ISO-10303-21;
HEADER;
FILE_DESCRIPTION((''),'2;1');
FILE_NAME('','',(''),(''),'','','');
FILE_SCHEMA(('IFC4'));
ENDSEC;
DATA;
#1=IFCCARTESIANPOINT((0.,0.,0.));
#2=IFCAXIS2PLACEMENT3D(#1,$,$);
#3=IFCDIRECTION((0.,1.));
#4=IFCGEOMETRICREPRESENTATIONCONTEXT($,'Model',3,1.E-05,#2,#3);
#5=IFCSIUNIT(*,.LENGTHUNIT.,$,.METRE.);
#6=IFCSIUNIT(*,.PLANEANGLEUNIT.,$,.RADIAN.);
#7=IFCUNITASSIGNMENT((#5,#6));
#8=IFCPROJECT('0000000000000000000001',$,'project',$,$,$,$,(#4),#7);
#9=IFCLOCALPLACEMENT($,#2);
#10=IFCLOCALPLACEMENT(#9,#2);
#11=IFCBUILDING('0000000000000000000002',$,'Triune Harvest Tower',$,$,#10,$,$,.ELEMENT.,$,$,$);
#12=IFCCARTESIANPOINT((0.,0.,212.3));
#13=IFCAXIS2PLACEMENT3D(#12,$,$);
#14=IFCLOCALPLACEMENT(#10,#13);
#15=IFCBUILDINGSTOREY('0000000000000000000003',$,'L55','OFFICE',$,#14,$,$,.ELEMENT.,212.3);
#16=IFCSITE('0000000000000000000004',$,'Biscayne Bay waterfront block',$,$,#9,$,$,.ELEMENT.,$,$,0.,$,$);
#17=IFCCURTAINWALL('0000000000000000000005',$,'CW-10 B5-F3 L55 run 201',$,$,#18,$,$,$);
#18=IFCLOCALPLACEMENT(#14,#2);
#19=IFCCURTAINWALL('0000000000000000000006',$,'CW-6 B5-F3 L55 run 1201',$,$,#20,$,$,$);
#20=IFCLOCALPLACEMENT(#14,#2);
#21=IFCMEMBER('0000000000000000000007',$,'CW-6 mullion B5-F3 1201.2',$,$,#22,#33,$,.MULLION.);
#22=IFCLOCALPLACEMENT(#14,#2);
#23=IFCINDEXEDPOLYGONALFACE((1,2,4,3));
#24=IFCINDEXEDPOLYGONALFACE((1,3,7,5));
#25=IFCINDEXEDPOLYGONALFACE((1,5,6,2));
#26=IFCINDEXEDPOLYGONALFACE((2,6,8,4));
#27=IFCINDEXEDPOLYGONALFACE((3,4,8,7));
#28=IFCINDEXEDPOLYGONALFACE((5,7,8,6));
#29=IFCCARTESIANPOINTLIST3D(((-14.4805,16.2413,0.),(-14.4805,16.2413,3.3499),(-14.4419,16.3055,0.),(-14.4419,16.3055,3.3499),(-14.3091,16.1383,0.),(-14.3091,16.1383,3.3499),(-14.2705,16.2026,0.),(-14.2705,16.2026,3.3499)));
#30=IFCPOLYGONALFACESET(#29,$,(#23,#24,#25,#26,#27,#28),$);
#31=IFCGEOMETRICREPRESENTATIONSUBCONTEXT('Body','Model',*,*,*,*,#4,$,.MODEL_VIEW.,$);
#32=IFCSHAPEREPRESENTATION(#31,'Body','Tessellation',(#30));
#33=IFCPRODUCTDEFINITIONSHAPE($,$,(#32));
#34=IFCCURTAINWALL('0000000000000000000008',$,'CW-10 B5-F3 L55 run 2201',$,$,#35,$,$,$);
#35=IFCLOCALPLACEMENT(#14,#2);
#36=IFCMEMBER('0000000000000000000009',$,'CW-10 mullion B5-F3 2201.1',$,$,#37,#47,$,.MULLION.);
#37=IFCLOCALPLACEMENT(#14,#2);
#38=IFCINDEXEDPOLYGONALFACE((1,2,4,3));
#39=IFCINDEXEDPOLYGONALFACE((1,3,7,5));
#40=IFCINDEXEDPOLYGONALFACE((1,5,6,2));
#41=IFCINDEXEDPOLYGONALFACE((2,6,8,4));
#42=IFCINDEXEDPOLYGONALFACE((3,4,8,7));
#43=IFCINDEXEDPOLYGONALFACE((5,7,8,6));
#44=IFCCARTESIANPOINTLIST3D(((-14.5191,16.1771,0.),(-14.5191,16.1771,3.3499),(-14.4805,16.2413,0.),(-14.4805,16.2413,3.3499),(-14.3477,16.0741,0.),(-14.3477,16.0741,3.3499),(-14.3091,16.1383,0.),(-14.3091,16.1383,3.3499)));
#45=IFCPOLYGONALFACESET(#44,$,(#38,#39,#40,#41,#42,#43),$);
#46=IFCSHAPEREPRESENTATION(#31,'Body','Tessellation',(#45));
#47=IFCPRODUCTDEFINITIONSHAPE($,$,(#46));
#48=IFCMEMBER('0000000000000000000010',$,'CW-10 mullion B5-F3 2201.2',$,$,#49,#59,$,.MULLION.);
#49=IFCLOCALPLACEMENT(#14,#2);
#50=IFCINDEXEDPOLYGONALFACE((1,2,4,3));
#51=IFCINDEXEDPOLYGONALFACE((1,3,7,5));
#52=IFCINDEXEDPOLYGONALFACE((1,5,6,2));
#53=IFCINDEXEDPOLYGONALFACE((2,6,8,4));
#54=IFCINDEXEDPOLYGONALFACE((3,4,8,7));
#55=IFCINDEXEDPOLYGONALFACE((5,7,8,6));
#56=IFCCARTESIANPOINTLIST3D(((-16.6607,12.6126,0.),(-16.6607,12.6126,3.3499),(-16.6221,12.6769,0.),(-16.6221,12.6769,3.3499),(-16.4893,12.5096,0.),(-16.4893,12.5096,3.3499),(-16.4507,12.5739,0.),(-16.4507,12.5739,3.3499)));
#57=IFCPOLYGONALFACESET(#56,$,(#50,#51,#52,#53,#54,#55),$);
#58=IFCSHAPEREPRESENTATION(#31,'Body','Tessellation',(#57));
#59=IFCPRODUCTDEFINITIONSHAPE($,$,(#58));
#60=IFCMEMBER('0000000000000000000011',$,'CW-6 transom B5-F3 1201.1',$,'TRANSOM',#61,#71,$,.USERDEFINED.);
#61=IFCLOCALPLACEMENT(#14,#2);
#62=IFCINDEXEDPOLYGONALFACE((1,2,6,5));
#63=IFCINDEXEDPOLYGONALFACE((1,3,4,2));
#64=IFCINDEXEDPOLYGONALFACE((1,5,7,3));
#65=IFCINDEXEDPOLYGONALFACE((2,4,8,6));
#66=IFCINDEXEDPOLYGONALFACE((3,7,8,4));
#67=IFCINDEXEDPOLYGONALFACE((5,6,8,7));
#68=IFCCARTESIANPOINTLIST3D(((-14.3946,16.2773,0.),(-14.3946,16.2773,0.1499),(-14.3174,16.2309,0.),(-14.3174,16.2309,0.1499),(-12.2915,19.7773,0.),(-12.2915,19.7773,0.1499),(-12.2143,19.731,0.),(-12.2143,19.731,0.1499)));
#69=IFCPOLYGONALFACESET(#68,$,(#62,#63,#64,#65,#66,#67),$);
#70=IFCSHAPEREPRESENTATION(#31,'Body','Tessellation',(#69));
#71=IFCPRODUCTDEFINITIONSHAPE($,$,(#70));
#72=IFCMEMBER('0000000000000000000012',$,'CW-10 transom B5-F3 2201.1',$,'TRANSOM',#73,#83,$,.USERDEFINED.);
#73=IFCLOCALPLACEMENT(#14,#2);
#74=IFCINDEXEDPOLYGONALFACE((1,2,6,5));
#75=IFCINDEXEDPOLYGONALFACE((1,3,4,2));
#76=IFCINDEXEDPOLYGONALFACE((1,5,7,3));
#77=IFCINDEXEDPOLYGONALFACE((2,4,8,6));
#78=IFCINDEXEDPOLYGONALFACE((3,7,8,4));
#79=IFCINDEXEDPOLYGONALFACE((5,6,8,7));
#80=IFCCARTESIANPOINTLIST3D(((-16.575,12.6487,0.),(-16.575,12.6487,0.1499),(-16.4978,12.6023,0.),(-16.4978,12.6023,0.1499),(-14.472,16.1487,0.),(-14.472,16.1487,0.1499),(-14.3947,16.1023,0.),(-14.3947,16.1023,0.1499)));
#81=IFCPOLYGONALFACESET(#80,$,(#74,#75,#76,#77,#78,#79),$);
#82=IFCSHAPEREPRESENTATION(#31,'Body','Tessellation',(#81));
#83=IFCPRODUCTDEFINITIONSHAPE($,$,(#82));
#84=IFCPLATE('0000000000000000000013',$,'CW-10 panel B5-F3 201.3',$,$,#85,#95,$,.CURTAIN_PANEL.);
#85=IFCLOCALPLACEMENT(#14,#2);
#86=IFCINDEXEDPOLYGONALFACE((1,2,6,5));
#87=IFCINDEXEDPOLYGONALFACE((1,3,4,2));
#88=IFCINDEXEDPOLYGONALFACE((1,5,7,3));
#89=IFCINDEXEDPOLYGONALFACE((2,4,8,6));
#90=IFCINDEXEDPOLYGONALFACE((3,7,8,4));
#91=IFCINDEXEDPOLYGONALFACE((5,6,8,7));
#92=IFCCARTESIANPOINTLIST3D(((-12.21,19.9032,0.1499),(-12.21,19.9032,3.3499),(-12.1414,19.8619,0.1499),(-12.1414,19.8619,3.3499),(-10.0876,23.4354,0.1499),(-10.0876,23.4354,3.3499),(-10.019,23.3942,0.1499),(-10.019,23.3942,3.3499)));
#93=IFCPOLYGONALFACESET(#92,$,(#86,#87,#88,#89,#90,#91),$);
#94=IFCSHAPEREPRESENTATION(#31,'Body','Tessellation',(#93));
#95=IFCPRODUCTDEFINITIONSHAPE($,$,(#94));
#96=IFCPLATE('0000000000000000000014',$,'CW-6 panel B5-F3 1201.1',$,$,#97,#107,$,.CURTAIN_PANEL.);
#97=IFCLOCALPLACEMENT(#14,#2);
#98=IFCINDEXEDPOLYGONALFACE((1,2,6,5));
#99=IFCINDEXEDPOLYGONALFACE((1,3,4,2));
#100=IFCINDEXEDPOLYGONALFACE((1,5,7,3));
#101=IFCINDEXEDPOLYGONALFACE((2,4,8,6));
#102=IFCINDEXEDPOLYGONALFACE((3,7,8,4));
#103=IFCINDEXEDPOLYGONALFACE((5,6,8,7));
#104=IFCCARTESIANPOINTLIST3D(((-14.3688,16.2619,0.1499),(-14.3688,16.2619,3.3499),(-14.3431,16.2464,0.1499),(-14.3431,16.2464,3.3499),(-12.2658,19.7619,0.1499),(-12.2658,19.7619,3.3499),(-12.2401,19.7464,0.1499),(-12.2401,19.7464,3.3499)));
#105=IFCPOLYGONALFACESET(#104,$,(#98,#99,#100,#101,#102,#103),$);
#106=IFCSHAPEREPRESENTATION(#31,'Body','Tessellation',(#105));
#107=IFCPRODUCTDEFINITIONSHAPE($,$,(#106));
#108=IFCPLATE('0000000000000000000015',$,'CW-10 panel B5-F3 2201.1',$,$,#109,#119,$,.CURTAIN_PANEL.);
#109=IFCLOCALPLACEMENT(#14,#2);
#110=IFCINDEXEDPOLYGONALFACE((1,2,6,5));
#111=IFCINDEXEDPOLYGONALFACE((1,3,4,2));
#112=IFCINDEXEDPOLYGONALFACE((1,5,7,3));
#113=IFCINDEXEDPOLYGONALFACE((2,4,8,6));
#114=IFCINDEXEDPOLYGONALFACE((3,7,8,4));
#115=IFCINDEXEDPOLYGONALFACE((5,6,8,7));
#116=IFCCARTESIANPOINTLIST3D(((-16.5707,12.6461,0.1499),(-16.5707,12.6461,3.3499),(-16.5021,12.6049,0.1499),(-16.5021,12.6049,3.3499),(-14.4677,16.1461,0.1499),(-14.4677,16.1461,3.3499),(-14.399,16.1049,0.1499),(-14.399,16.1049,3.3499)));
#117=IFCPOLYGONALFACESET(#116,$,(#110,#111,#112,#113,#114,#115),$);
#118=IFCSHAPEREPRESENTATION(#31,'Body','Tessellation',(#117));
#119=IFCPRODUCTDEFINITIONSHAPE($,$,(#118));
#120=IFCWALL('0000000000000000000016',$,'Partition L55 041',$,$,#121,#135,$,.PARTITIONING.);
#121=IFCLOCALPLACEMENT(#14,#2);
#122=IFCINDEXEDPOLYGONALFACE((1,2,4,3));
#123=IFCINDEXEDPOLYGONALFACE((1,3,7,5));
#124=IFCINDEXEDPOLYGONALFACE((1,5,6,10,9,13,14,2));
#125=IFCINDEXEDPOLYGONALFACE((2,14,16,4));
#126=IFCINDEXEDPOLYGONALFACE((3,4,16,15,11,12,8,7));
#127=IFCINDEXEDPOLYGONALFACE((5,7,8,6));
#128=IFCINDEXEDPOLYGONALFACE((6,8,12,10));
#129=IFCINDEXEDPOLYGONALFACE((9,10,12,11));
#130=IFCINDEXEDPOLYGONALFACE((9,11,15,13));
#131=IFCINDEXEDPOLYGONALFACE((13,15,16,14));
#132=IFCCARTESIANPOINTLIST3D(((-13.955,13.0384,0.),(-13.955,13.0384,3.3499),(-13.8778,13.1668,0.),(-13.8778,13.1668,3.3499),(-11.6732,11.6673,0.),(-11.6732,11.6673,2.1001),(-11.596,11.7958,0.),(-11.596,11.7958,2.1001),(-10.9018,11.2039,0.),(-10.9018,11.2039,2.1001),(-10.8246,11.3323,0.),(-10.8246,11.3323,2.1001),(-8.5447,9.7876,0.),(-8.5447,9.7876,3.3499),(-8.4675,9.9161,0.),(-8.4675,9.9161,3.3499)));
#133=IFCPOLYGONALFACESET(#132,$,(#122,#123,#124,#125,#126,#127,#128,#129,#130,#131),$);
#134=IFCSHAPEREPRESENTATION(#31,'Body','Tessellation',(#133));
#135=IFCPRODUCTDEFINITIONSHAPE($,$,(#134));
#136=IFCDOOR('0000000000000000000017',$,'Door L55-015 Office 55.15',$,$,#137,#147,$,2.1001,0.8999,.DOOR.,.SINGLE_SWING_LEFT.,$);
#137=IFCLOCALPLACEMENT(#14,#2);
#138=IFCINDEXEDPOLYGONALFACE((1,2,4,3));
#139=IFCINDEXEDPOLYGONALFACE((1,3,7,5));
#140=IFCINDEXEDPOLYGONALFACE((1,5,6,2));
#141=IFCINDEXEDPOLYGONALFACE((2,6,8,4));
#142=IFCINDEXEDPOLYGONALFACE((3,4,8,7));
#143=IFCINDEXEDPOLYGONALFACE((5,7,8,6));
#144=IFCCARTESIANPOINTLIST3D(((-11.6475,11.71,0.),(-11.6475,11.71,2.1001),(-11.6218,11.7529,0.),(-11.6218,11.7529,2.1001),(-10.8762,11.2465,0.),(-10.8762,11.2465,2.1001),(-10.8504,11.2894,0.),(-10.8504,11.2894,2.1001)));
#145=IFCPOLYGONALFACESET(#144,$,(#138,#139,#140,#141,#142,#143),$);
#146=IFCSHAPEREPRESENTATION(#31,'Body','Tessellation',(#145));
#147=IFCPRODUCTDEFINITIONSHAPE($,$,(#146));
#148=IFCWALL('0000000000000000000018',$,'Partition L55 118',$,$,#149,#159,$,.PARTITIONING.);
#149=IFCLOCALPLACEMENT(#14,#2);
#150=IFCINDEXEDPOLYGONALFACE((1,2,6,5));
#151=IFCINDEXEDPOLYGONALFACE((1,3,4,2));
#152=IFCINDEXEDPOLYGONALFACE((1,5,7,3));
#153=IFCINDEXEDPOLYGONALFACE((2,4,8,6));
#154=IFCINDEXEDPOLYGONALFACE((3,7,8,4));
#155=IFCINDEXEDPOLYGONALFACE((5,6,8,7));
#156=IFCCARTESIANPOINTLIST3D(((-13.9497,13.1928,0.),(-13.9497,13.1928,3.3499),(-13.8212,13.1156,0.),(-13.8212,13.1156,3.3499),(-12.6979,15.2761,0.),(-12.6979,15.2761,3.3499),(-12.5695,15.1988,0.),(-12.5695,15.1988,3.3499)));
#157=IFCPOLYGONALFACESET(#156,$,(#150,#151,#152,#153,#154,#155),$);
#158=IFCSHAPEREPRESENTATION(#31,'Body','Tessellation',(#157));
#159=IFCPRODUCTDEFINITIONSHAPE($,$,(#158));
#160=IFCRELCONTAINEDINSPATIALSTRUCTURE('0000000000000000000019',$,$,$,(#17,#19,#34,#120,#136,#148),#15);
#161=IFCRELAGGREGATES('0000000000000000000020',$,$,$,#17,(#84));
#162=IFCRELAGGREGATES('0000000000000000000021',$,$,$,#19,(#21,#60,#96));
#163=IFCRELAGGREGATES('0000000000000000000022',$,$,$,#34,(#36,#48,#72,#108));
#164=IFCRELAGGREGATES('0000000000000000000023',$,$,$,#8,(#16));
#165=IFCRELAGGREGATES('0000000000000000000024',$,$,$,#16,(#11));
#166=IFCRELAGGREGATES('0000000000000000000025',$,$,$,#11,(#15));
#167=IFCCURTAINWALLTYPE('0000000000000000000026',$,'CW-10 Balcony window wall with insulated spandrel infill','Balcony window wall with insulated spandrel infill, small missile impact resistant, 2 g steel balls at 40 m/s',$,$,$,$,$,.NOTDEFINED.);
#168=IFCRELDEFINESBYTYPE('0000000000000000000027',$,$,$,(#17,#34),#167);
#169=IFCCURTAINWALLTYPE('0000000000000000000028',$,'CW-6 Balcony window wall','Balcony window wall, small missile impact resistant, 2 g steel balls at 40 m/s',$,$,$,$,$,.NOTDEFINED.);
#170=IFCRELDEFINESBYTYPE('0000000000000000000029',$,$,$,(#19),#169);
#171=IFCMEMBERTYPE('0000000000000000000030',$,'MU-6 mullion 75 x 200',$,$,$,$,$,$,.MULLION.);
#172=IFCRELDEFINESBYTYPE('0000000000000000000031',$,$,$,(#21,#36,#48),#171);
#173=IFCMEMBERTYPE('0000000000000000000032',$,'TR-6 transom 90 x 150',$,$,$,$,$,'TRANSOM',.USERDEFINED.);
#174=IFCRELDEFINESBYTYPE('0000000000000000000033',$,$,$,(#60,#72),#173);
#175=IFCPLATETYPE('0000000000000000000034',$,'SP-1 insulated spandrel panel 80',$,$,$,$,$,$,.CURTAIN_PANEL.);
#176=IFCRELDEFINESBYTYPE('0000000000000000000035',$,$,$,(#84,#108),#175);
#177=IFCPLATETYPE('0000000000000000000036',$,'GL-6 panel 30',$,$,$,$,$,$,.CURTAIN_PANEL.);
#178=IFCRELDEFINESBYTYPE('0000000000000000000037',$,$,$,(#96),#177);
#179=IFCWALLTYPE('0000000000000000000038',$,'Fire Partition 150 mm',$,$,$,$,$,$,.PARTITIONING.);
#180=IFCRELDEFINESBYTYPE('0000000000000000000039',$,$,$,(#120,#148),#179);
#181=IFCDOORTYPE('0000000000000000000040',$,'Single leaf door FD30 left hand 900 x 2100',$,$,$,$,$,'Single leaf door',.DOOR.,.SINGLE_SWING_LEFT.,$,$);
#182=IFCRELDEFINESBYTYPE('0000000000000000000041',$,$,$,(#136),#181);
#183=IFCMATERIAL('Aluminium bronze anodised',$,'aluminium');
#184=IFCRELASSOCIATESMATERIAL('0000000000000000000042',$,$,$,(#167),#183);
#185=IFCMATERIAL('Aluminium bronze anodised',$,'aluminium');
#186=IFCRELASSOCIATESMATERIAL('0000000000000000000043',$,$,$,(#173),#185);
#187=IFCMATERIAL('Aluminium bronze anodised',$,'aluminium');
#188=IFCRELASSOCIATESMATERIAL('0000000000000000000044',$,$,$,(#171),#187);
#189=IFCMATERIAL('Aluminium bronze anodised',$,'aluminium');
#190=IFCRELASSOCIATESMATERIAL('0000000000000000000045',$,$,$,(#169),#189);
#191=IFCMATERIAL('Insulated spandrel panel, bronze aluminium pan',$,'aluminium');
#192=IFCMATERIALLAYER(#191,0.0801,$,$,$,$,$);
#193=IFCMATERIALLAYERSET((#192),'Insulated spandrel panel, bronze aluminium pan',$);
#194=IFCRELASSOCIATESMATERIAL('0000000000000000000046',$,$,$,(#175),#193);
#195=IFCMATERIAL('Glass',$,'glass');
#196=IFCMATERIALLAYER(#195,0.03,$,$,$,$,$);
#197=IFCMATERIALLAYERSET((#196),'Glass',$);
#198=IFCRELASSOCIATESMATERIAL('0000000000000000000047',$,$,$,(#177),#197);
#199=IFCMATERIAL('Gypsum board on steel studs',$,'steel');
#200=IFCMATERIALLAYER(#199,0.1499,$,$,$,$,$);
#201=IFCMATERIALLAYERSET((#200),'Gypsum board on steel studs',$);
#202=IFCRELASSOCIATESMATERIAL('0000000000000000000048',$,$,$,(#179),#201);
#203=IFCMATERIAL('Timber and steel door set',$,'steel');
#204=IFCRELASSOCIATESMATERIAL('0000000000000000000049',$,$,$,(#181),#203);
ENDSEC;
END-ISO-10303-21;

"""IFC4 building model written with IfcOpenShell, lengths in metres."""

from ifc_helpers import new_model, si_unit, direction, frame, frame_2d, origin, origin_2d, place, context, subcontext, project, spatial, rectangle, extrude, source, transform, mapped, material, layer, layer_set, material_profile, profile_set, type_object, element, fill, aggregate, save


model = new_model("IFC4")

# Units and contexts
model_context = context("Model", 3, precision=1e-05, world=origin(), true_north=direction((0.0, 1.0)))
body_context = subcontext(model_context, "Body", "Model", "MODEL_VIEW")
ifc_project = project(units=[si_unit("LENGTHUNIT", "METRE"), si_unit("PLANEANGLEUNIT", "RADIAN")], contexts=[model_context])

# Site, building, storey
site_placement = place(None, origin())
site = spatial("IfcSite", under=ifc_project, at=site_placement, Name="Biscayne Bay waterfront block", CompositionType="ELEMENT", RefElevation=0.0)
building_placement = place(site_placement, origin())
building = spatial("IfcBuilding", under=site, at=building_placement, Name="Triune Harvest Tower", CompositionType="ELEMENT")
storey_placement = place(building_placement, frame((0.0, 0.0, 212.3)))
storey = spatial("IfcBuildingStorey", under=building, at=storey_placement, Name="L55", Description="OFFICE", CompositionType="ELEMENT", Elevation=212.3)

# Curtain wall
ifc_material_1 = material(Name="Aluminium bronze anodised", Category="aluminium")
curtain_wall_type_1 = type_object("IfcCurtainWallType", Name="CW-10 Balcony window wall with insulated spandrel infill", Description="Balcony window wall with insulated spandrel infill, small missile impact resistant, 2 g steel balls at 40 m/s", PredefinedType="NOTDEFINED", material=ifc_material_1)
curtain_wall_1_placement = place(storey_placement, origin())
curtain_wall_1 = element("IfcCurtainWall", 1, at=curtain_wall_1_placement, inside=storey, type_object=curtain_wall_type_1, Name="CW-10 B5-F3 L55 run 201")
ifc_material_2 = material(Name="Aluminium bronze anodised", Category="aluminium")
ifc_material_profile_1 = material_profile(ifc_material_2, rectangle(XDim=0.0901, YDim=0.1499, at=origin_2d()), Name="TR-6 transom 90 x 150")
ifc_profile_set_1 = profile_set([ifc_material_profile_1], Name="Aluminium bronze anodised")
member_type_1 = type_object("IfcMemberType", Name="TR-6 transom 90 x 150", ElementType="TRANSOM", PredefinedType="USERDEFINED", material=ifc_profile_set_1)

# Shared definitions
ifc_material_3 = material(Name="Aluminium bronze anodised", Category="aluminium")
ifc_material_profile_2 = material_profile(ifc_material_3, rectangle(XDim=0.2, YDim=0.075, at=origin_2d()), Name="MU-6 mullion 75 x 200")
ifc_profile_set_2 = profile_set([ifc_material_profile_2], Name="Aluminium bronze anodised")
member_type_2 = type_object("IfcMemberType", Name="MU-6 mullion 75 x 200", PredefinedType="MULLION", material=ifc_profile_set_2)
shared_shape_1 = source(origin(), body_context, "Body", "SweptSolid", [
    extrude(rectangle(XDim=0.2, YDim=0.075, at=origin_2d()), origin(), (0.0, 0.0, 1.0), 3.3499),
])

# Curtain walls, members
ifc_material_4 = material(Name="Aluminium bronze anodised", Category="aluminium")
curtain_wall_type_2 = type_object("IfcCurtainWallType", Name="CW-6 Balcony window wall", Description="Balcony window wall, small missile impact resistant, 2 g steel balls at 40 m/s", PredefinedType="NOTDEFINED", material=ifc_material_4)
curtain_wall_2_placement = place(storey_placement, origin())
curtain_wall_2 = element("IfcCurtainWall", 2, at=curtain_wall_2_placement, inside=storey, type_object=curtain_wall_type_2, Name="CW-6 B5-F3 L55 run 1201")
member_1_placement = place(storey_placement, frame((-14.3755, 16.2219, 0.0), z_axis=(0.0, 0.0, 1.0), x_axis=(0.857166, -0.515041, 0.0)))
member_1 = element("IfcMember", 3, at=member_1_placement, type_object=member_type_2, Name="CW-6 mullion B5-F3 1201.2", PredefinedType="MULLION", context=body_context, shape_type="MappedRepresentation", body=[
    mapped(shared_shape_1, transform((0.0, 0.0, 0.0), scale=1.0)),
])
curtain_wall_3_placement = place(storey_placement, origin())
curtain_wall_3 = element("IfcCurtainWall", 4, at=curtain_wall_3_placement, inside=storey, type_object=curtain_wall_type_1, Name="CW-10 B5-F3 L55 run 2201")
member_2_placement = place(storey_placement, frame((-14.4141, 16.1577, 0.0), z_axis=(0.0, 0.0, 1.0), x_axis=(0.857166, -0.515041, 0.0)))
member_2 = element("IfcMember", 5, at=member_2_placement, type_object=member_type_2, Name="CW-10 mullion B5-F3 2201.1", PredefinedType="MULLION", context=body_context, shape_type="MappedRepresentation", body=[
    mapped(shared_shape_1, transform((0.0, 0.0, 0.0), scale=1.0)),
])
member_3_placement = place(storey_placement, frame((-16.5557, 12.5933, 0.0), z_axis=(0.0, 0.0, 1.0), x_axis=(0.857166, -0.515041, 0.0)))
member_3 = element("IfcMember", 6, at=member_3_placement, type_object=member_type_2, Name="CW-10 mullion B5-F3 2201.2", PredefinedType="MULLION", context=body_context, shape_type="MappedRepresentation", body=[
    mapped(shared_shape_1, transform((0.0, 0.0, 0.0), scale=1.0)),
])

# Members
shared_shape_2 = source(origin(), body_context, "Body", "SweptSolid", [
    extrude(rectangle(XDim=0.0901, YDim=0.1499, at=origin_2d()), origin(), (0.0, 0.0, 1.0), 4.0833),
])
member_4_placement = place(storey_placement, frame((-12.2529, 19.7542, 0.075), z_axis=(-0.515041, -0.857166, 0.0), x_axis=(0.857166, -0.515041, 0.0)))
member_4 = element("IfcMember", 7, at=member_4_placement, type_object=member_type_1, Name="CW-6 transom B5-F3 1201.1", ObjectType="TRANSOM", PredefinedType="USERDEFINED", context=body_context, shape_type="MappedRepresentation", body=[
    mapped(shared_shape_2, transform((0.0, 0.0, 0.0), scale=1.0)),
])
member_5_placement = place(storey_placement, frame((-14.4333, 16.1255, 0.075), z_axis=(-0.515041, -0.857166, 0.0), x_axis=(0.857166, -0.515041, 0.0)))
member_5 = element("IfcMember", 8, at=member_5_placement, type_object=member_type_1, Name="CW-10 transom B5-F3 2201.1", ObjectType="TRANSOM", PredefinedType="USERDEFINED", context=body_context, shape_type="MappedRepresentation", body=[
    mapped(shared_shape_2, transform((0.0, 0.0, 0.0), scale=1.0)),
])

# Plates
ifc_material_5 = material(Name="Insulated spandrel panel, bronze aluminium pan", Category="aluminium")
ifc_layer_1 = layer(ifc_material_5, 0.0801)
ifc_layer_set_1 = layer_set([ifc_layer_1], Name="Insulated spandrel panel, bronze aluminium pan")
plate_type_1 = type_object("IfcPlateType", Name="SP-1 insulated spandrel panel 80", PredefinedType="CURTAIN_PANEL", material=ifc_layer_set_1)
plate_1_placement = place(storey_placement, frame((-11.1145, 21.6487, 0.1499), z_axis=(0.0, 0.0, 1.0), x_axis=(-0.515032, -0.857171, 0.0)))
plate_1 = element("IfcPlate", 9, at=plate_1_placement, type_object=plate_type_1, Name="CW-10 panel B5-F3 201.3", PredefinedType="CURTAIN_PANEL", context=body_context, shape_type="SweptSolid", body=[
    extrude(rectangle(XDim=4.1208, YDim=0.0801, at=origin_2d()), origin(), (0.0, 0.0, 1.0), 3.2),
])
aggregate(curtain_wall_1, [plate_1])
ifc_material_6 = material(Name="Glass", Category="glass")
ifc_layer_2 = layer(ifc_material_6, 0.03)
ifc_layer_set_2 = layer_set([ifc_layer_2], Name="Glass")
plate_type_2 = type_object("IfcPlateType", Name="GL-6 panel 30", PredefinedType="CURTAIN_PANEL", material=ifc_layer_set_2)
shared_shape_3 = source(origin(), body_context, "Body", "SweptSolid", [
    extrude(rectangle(XDim=4.0833, YDim=0.03, at=origin_2d()), origin(), (0.0, 0.0, 1.0), 3.2),
])
plate_2_placement = place(storey_placement, frame((-13.3044, 18.0042, 0.1499), z_axis=(0.0, 0.0, 1.0), x_axis=(-0.515041, -0.857166, 0.0)))
plate_2 = element("IfcPlate", 10, at=plate_2_placement, type_object=plate_type_2, Name="CW-6 panel B5-F3 1201.1", PredefinedType="CURTAIN_PANEL", context=body_context, shape_type="MappedRepresentation", body=[
    mapped(shared_shape_3, transform((0.0, 0.0, 0.0), scale=1.0)),
])
aggregate(curtain_wall_2, [member_1, member_4, plate_2])
shared_shape_4 = source(origin(), body_context, "Body", "SweptSolid", [
    extrude(rectangle(XDim=4.0833, YDim=0.0801, at=origin_2d()), origin(), (0.0, 0.0, 1.0), 3.2),
])
plate_3_placement = place(storey_placement, frame((-15.4849, 14.3755, 0.1499), z_axis=(0.0, 0.0, 1.0), x_axis=(-0.515041, -0.857166, 0.0)))
plate_3 = element("IfcPlate", 11, at=plate_3_placement, type_object=plate_type_1, Name="CW-10 panel B5-F3 2201.1", PredefinedType="CURTAIN_PANEL", context=body_context, shape_type="MappedRepresentation", body=[
    mapped(shared_shape_4, transform((0.0, 0.0, 0.0), scale=1.0)),
])
aggregate(curtain_wall_3, [member_2, member_3, member_5, plate_3])

# Wall, opening, door
ifc_material_7 = material(Name="Gypsum board on steel studs", Category="steel")
ifc_layer_3 = layer(ifc_material_7, 0.1499)
ifc_layer_set_3 = layer_set([ifc_layer_3], Name="Gypsum board on steel studs")
wall_type_1 = type_object("IfcWallType", Name="Fire Partition 150 mm", PredefinedType="PARTITIONING", material=ifc_layer_set_3)
wall_1_placement = place(storey_placement, frame((-13.9163, 13.1025, 0.0), z_axis=(0.0, 0.0, 1.0), x_axis=(0.857169, -0.515036, 0.0)))
wall_1 = element("IfcWall", 12, at=wall_1_placement, inside=storey, type_object=wall_type_1, Name="Partition L55 041", PredefinedType="PARTITIONING", context=body_context, shape_type="SweptSolid", body=[
    extrude(rectangle(XDim=6.3118, YDim=0.1499, at=frame_2d((3.1558, 0.0))), origin(), (0.0, 0.0, 1.0), 3.3499),
])
opening_1_placement = place(wall_1_placement, frame((2.6619, 0.0, 0.0)))
opening_1 = element("IfcOpeningElement", 13, at=opening_1_placement, cuts=wall_1, PredefinedType="OPENING", context=body_context, shape_type="SweptSolid", body=[
    extrude(rectangle(XDim=0.8999, YDim=2.1001, at=frame_2d((0.45, 1.05))), frame((0.0, 0.085, 0.0), z_axis=(0.0, -1.0, 0.0), x_axis=(1.0, 0.0, 0.0)), (0.0, 0.0, 1.0), 0.1699),
])
ifc_material_8 = material(Name="Timber and steel door set", Category="steel")
door_type_1 = type_object("IfcDoorType", Name="Single leaf door FD30 left hand 900 x 2100", ElementType="Single leaf door", OperationType="SINGLE_SWING_LEFT", PredefinedType="DOOR", material=ifc_material_8)
door_1_placement = place(opening_1_placement, origin())
door_1 = element("IfcDoor", 14, at=door_1_placement, inside=storey, type_object=door_type_1, Name="Door L55-015 Office 55.15", OperationType="SINGLE_SWING_LEFT", OverallHeight=2.1001, OverallWidth=0.8999, PredefinedType="DOOR", context=body_context, shape_type="SweptSolid", body=[
    extrude(rectangle(XDim=0.8999, YDim=2.1001, at=frame_2d((0.45, 1.05))), frame((0.0, 0.0249, 0.0), z_axis=(0.0, -1.0, 0.0), x_axis=(1.0, 0.0, 0.0)), (0.0, 0.0, 1.0), 0.05),
])
fill(opening_1, door_1)

# Wall
wall_2_placement = place(storey_placement, frame((-13.8855, 13.1541, 0.0), z_axis=(0.0, 0.0, 1.0), x_axis=(0.515027, 0.857174, 0.0)))
element("IfcWall", 15, at=wall_2_placement, inside=storey, type_object=wall_type_1, Name="Partition L55 118", PredefinedType="PARTITIONING", context=body_context, shape_type="SweptSolid", body=[
    extrude(rectangle(XDim=2.4304, YDim=0.1499, at=frame_2d((1.2153, 0.0))), origin(), (0.0, 0.0, 1.0), 3.3499),
])

save(model, "model.ifc")
